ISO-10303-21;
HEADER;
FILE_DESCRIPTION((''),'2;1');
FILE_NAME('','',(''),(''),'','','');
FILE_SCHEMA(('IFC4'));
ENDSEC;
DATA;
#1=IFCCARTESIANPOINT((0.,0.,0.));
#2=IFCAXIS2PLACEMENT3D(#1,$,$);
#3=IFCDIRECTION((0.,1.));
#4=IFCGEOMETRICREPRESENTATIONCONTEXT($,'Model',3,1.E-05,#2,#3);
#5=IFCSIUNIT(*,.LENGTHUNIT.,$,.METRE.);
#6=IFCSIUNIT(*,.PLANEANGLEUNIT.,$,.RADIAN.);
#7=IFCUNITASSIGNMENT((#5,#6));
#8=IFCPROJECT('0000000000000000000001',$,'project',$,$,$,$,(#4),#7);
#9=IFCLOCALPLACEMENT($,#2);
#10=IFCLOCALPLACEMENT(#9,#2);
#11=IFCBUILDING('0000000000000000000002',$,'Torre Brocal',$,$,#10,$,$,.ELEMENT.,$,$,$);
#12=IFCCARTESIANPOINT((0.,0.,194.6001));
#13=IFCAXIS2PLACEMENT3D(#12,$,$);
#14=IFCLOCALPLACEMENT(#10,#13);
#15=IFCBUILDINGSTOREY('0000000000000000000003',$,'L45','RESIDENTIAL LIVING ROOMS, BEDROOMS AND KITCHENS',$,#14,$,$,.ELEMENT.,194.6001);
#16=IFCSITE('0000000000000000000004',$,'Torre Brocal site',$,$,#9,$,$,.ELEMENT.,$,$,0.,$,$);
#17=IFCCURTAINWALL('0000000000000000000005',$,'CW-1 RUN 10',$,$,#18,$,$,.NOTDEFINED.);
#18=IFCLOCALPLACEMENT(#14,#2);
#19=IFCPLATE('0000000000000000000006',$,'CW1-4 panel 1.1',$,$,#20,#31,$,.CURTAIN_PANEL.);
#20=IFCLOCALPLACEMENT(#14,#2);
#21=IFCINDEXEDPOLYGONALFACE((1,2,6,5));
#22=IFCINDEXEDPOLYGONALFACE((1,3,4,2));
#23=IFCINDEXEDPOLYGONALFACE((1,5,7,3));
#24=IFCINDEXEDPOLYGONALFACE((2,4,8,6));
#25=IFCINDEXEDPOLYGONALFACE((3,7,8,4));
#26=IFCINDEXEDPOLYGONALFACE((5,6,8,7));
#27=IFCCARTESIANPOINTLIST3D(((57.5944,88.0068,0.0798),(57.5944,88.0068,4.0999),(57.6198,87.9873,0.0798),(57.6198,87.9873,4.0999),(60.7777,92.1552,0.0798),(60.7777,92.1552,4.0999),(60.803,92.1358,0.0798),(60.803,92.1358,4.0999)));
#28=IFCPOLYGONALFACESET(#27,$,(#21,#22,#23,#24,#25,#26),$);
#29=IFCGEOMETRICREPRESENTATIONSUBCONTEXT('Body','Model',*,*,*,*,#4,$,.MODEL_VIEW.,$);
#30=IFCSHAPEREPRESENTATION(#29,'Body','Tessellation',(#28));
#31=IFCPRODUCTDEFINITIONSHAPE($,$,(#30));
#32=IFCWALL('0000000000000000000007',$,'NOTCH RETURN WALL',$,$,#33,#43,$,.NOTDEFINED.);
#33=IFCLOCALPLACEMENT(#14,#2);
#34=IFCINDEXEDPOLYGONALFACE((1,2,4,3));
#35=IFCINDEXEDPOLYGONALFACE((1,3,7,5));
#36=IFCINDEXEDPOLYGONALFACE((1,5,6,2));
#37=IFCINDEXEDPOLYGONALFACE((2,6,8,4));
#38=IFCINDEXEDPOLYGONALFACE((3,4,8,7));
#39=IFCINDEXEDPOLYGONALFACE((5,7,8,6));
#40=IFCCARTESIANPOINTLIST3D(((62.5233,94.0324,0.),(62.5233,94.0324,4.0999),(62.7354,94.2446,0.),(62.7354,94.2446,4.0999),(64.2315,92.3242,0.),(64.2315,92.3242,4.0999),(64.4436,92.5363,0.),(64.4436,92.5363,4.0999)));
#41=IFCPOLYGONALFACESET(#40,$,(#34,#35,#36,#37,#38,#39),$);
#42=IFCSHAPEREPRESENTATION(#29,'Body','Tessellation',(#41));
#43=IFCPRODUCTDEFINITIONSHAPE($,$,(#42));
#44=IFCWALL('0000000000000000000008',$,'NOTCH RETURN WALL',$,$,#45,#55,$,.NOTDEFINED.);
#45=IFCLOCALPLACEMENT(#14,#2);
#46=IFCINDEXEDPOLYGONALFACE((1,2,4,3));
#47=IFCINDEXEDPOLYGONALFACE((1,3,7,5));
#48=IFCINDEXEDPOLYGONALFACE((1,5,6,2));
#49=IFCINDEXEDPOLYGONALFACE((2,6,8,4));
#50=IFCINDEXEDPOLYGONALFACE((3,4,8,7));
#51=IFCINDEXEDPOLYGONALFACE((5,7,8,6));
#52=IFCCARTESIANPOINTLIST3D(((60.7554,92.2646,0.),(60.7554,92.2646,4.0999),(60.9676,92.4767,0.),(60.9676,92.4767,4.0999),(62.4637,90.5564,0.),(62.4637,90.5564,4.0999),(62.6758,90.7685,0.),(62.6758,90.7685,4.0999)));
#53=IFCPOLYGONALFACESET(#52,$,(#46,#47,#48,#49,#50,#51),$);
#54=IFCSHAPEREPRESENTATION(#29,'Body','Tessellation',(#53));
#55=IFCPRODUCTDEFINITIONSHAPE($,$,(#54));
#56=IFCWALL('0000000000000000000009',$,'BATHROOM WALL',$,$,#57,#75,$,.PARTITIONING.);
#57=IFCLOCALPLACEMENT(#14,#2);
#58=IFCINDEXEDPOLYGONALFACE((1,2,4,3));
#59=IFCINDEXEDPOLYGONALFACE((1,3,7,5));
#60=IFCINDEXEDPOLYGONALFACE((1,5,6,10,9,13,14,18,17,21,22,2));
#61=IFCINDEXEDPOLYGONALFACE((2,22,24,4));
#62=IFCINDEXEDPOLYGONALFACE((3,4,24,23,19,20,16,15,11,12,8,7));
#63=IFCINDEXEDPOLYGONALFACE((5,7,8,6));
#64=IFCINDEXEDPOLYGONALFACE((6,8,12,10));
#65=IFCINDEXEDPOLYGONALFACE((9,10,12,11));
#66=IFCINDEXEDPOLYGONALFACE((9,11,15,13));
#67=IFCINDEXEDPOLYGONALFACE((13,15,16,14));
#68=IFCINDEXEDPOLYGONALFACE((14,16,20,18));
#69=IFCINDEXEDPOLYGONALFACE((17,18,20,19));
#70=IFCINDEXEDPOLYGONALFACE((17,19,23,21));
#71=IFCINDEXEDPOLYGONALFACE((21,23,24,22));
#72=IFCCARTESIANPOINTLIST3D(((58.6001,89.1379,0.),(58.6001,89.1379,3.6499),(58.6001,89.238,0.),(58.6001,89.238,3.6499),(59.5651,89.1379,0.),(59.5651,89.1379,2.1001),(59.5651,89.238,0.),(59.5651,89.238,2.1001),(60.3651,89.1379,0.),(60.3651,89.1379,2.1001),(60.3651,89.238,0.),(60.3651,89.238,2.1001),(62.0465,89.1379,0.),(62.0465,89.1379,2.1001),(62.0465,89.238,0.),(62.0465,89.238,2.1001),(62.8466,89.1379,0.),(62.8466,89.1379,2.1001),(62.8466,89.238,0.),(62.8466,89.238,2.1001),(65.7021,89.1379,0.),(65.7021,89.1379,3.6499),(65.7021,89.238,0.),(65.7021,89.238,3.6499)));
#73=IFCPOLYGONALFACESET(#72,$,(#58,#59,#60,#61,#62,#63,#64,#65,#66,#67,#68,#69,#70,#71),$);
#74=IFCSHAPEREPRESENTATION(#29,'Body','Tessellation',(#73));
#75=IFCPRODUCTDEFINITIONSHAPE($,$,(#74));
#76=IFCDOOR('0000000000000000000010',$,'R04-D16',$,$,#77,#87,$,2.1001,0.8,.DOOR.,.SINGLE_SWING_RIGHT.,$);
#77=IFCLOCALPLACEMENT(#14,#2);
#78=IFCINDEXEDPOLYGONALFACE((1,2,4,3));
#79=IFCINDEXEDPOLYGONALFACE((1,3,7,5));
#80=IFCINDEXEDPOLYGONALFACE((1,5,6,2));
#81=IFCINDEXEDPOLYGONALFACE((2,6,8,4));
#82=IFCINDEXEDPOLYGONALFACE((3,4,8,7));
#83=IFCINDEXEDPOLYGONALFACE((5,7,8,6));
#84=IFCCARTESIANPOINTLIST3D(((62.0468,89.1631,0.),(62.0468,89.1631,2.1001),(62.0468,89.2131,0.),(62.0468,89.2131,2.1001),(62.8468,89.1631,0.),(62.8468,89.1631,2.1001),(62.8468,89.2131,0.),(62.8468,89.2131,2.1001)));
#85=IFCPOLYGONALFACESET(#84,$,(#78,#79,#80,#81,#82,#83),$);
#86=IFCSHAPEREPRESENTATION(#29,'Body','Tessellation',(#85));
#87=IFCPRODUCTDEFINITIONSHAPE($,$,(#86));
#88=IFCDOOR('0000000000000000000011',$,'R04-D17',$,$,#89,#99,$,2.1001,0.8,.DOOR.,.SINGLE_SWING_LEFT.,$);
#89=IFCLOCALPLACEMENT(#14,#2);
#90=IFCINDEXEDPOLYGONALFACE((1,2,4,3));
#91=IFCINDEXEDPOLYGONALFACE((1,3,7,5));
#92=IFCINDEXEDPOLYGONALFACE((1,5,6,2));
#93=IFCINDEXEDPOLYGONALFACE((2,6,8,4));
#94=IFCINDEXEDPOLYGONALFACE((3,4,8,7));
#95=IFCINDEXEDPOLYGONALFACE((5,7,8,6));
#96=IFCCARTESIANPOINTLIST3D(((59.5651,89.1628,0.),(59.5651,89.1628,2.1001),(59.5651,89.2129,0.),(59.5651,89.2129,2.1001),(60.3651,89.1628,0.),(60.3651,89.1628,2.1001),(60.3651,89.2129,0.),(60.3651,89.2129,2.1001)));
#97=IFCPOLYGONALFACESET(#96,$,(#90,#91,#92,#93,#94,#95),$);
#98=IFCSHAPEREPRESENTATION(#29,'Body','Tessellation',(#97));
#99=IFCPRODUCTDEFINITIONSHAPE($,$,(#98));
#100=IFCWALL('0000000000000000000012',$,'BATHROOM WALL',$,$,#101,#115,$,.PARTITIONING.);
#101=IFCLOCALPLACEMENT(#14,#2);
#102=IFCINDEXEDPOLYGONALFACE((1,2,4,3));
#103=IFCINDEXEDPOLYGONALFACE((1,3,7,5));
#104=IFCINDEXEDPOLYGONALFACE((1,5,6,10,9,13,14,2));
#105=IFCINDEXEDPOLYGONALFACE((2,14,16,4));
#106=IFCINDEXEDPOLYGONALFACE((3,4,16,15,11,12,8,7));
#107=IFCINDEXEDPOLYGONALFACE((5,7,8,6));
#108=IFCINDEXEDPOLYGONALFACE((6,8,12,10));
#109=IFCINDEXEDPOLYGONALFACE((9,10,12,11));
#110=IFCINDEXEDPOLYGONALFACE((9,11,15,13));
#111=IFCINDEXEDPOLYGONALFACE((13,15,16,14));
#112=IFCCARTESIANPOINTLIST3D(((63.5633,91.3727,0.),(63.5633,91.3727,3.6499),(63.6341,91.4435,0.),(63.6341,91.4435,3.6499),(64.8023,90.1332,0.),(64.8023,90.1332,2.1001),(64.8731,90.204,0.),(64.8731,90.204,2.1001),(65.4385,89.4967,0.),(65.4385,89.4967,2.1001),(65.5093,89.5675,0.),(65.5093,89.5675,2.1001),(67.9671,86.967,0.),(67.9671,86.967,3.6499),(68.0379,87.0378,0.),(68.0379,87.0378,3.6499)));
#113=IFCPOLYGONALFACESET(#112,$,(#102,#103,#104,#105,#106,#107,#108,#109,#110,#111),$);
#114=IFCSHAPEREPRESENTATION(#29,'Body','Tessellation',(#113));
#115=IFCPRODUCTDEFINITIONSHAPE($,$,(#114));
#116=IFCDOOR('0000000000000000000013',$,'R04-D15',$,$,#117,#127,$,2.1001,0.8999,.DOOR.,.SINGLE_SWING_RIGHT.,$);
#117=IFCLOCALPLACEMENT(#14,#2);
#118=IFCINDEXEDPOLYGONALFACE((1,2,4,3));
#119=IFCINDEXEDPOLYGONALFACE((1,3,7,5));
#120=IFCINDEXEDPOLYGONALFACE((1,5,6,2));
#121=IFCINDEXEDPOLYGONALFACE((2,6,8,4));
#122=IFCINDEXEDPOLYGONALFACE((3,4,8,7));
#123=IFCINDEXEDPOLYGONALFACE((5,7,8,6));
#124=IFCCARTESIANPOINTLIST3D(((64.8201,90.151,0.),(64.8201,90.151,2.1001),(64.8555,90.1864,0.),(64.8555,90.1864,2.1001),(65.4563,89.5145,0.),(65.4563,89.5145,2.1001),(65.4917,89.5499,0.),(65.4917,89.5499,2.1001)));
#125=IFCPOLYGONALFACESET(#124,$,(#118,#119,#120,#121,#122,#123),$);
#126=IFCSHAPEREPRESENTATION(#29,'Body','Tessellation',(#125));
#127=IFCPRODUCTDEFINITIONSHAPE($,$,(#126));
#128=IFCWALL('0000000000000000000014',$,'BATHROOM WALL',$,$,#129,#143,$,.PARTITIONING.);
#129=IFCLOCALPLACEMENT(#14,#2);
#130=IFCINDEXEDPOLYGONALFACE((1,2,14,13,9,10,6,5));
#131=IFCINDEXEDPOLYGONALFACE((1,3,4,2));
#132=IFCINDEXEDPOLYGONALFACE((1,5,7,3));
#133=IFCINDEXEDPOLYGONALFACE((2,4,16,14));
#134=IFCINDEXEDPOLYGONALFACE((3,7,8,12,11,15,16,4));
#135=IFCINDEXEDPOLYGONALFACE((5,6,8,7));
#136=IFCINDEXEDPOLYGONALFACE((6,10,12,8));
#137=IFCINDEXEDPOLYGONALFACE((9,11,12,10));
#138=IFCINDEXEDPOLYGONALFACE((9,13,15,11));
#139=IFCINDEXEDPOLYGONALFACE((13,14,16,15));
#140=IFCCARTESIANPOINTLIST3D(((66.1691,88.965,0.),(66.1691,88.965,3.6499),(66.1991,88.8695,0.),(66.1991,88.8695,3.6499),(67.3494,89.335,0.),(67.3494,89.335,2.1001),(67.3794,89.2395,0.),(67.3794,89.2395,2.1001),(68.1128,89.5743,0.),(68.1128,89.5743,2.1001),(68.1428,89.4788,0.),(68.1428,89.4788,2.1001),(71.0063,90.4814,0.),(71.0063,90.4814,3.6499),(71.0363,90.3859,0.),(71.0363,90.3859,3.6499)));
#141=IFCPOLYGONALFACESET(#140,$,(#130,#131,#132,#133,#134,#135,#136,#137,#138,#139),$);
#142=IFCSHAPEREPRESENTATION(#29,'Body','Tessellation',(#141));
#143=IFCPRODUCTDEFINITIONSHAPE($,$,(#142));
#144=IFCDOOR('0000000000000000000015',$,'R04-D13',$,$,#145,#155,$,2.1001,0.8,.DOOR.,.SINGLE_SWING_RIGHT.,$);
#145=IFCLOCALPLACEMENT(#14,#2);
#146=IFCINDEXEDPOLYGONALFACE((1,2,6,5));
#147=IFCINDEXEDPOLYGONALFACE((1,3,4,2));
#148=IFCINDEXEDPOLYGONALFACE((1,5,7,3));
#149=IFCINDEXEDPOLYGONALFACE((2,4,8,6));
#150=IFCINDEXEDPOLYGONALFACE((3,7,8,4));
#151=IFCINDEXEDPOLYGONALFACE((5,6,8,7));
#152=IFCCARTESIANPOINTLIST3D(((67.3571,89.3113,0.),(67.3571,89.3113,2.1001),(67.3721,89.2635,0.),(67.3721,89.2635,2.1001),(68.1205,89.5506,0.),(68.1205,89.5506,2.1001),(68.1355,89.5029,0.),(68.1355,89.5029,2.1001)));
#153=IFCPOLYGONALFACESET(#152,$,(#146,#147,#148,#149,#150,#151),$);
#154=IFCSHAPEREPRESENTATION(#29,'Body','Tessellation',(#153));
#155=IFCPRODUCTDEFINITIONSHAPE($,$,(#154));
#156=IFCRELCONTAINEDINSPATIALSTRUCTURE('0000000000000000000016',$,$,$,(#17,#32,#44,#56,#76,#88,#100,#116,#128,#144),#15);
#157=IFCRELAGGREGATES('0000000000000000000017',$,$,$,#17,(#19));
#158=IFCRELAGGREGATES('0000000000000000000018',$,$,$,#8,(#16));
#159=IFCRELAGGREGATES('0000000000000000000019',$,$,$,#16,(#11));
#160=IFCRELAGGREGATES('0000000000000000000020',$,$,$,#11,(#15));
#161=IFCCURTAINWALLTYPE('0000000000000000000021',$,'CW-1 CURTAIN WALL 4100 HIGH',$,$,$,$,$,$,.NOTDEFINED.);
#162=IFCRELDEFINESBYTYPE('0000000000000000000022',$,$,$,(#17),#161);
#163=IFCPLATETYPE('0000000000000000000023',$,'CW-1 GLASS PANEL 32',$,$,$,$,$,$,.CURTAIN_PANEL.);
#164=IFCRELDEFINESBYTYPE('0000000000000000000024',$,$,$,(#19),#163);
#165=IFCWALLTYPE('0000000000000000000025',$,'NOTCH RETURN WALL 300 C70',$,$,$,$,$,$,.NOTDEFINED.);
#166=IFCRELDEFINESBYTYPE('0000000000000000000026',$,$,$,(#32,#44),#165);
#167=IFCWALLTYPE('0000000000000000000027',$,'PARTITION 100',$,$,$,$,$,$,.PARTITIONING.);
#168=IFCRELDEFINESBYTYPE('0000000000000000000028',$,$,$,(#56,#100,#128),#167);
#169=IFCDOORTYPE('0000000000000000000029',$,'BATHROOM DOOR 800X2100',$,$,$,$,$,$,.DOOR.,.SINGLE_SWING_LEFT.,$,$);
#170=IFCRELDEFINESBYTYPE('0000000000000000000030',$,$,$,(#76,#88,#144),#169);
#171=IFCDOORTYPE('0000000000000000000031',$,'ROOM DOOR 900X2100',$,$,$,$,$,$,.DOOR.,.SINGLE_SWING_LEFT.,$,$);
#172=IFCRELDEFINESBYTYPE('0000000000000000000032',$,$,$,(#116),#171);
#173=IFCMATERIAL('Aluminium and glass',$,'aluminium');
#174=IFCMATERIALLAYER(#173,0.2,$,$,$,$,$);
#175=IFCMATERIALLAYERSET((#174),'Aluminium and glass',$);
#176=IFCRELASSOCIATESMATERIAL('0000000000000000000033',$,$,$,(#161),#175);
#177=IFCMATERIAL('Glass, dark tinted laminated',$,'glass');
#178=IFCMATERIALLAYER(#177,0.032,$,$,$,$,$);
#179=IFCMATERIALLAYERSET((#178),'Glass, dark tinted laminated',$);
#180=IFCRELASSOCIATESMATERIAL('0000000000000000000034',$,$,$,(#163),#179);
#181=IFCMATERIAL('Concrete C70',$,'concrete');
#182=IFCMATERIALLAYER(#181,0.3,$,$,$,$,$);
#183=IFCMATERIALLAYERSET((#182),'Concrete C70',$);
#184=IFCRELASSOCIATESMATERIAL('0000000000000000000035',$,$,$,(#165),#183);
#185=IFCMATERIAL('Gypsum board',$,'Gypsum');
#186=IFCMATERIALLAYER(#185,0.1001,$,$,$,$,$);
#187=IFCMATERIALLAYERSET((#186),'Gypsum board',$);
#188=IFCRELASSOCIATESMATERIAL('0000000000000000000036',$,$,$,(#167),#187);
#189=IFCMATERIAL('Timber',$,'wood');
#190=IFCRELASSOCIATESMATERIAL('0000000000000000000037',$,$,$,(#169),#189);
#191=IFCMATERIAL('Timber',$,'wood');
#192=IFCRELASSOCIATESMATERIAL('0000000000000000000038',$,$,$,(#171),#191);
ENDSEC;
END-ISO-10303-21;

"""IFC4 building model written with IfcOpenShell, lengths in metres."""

from ifc_helpers import new_model, si_unit, direction, frame, frame_2d, origin, origin_2d, place, context, subcontext, project, spatial, rectangle, extrude, material, layer, layer_set, type_object, element, fill, aggregate, save


model = new_model("IFC4")

# Units and contexts
model_context = context("Model", 3, precision=1e-05, world=origin(), true_north=direction((0.0, 1.0)))
body_context = subcontext(model_context, "Body", "Model", "MODEL_VIEW")
ifc_project = project(units=[si_unit("LENGTHUNIT", "METRE"), si_unit("PLANEANGLEUNIT", "RADIAN")], contexts=[model_context])

# Site, building, storey
site_placement = place(None, origin())
site = spatial("IfcSite", under=ifc_project, at=site_placement, Name="Torre Brocal site", CompositionType="ELEMENT", RefElevation=0.0)
building_placement = place(site_placement, origin())
building = spatial("IfcBuilding", under=site, at=building_placement, Name="Torre Brocal", CompositionType="ELEMENT")
storey_placement = place(building_placement, frame((0.0, 0.0, 194.6001)))
storey = spatial("IfcBuildingStorey", under=building, at=storey_placement, Name="L45", Description="RESIDENTIAL LIVING ROOMS, BEDROOMS AND KITCHENS", CompositionType="ELEMENT", Elevation=194.6001)

# Shared definitions
ifc_material_1 = material(Name="Aluminium and glass", Category="aluminium")
ifc_layer_1 = layer(ifc_material_1, 0.2)
ifc_layer_set_1 = layer_set([ifc_layer_1], Name="Aluminium and glass")
curtain_wall_type = type_object("IfcCurtainWallType", Name="CW-1 CURTAIN WALL 4100 HIGH", PredefinedType="NOTDEFINED", material=ifc_layer_set_1)

# Curtain wall
curtain_wall_1_placement = place(storey_placement, origin())
curtain_wall_1 = element("IfcCurtainWall", 1, at=curtain_wall_1_placement, inside=storey, type_object=curtain_wall_type, Name="CW-1 RUN 10", PredefinedType="NOTDEFINED")

# Plate
ifc_material_2 = material(Name="Glass, dark tinted laminated", Category="glass")
ifc_layer_2 = layer(ifc_material_2, 0.032)
ifc_layer_set_2 = layer_set([ifc_layer_2], Name="Glass, dark tinted laminated")
plate_type = type_object("IfcPlateType", Name="CW-1 GLASS PANEL 32", PredefinedType="CURTAIN_PANEL", material=ifc_layer_set_2)
plate_1_placement = place(storey_placement, frame((59.1987, 90.0713, 0.0798), z_axis=(0.0, 0.0, 1.0), x_axis=(-0.608761, -0.793353, 0.0)))
plate_1 = element("IfcPlate", 2, at=plate_1_placement, type_object=plate_type, Name="CW1-4 panel 1.1", PredefinedType="CURTAIN_PANEL", context=body_context, shape_type="SweptSolid", body=[
    extrude(rectangle(XDim=5.229, YDim=0.032, at=origin_2d()), origin(), (0.0, 0.0, 1.0), 4.02),
])
aggregate(curtain_wall_1, [plate_1])

# Walls
ifc_material_3 = material(Name="Concrete C70", Category="concrete")
ifc_layer_3 = layer(ifc_material_3, 0.3)
ifc_layer_set_3 = layer_set([ifc_layer_3], Name="Concrete C70")
wall_type_1 = type_object("IfcWallType", Name="NOTCH RETURN WALL 300 C70", PredefinedType="NOTDEFINED", material=ifc_layer_set_3)
for number, where, z_axis, x_axis, name in (
    (3, (64.3376, 92.4302, 0.0), (0.0, 0.0, 1.0), (-0.707107, 0.707107, 0.0), "NOTCH RETURN WALL"),
    (4, (62.5698, 90.6624, 0.0), (0.0, 0.0, 1.0), (-0.707107, 0.707107, 0.0), "NOTCH RETURN WALL"),
):
    element("IfcWall", number, at=place(storey_placement, frame(where, z_axis=z_axis, x_axis=x_axis)), inside=storey, type_object=wall_type_1, Name=name, PredefinedType="NOTDEFINED", context=body_context, shape_type="SweptSolid", body=[
        extrude(rectangle(XDim=2.4158, YDim=0.3, at=frame_2d((1.208, 0.0))), origin(), (0.0, 0.0, 1.0), 4.0999),
    ])

# Wall, openings, doors
ifc_material_4 = material(Name="Gypsum board", Category="Gypsum")
ifc_layer_4 = layer(ifc_material_4, 0.1001)
ifc_layer_set_4 = layer_set([ifc_layer_4], Name="Gypsum board")
wall_type_2 = type_object("IfcWallType", Name="PARTITION 100", PredefinedType="PARTITIONING", material=ifc_layer_set_4)
wall_1_placement = place(storey_placement, frame((58.6001, 89.188, 0.0), z_axis=(0.0, 0.0, 1.0), x_axis=(1.0, 0.0, 0.0)))
wall_1 = element("IfcWall", 5, at=wall_1_placement, inside=storey, type_object=wall_type_2, Name="BATHROOM WALL", PredefinedType="PARTITIONING", context=body_context, shape_type="SweptSolid", body=[
    extrude(rectangle(XDim=7.1021, YDim=0.1001, at=frame_2d((3.551, 0.0))), origin(), (0.0, 0.0, 1.0), 3.6499),
])
opening_1_placement = place(wall_1_placement, frame((3.4465, 0.0, 0.0)))
opening_1 = element("IfcOpeningElement", 6, at=opening_1_placement, cuts=wall_1, PredefinedType="OPENING", context=body_context, shape_type="SweptSolid", body=[
    extrude(rectangle(XDim=0.8, YDim=2.1001, at=frame_2d((0.3999, 1.05))), frame((0.0, 0.0601, 0.0), z_axis=(0.0, -1.0, 0.0), x_axis=(1.0, 0.0, 0.0)), (0.0, 0.0, 1.0), 0.1201),
])
opening_2_placement = place(wall_1_placement, frame((0.9651, 0.0, 0.0)))
opening_2 = element("IfcOpeningElement", 7, at=opening_2_placement, cuts=wall_1, PredefinedType="OPENING", context=body_context, shape_type="SweptSolid", body=[
    extrude(rectangle(XDim=0.8, YDim=2.1001, at=frame_2d((0.3999, 1.05))), frame((0.0, 0.0601, 0.0), z_axis=(0.0, -1.0, 0.0), x_axis=(1.0, 0.0, 0.0)), (0.0, 0.0, 1.0), 0.1201),
])
ifc_material_5 = material(Name="Timber", Category="wood")
door_type_1 = type_object("IfcDoorType", Name="BATHROOM DOOR 800X2100", OperationType="SINGLE_SWING_LEFT", PredefinedType="DOOR", material=ifc_material_5)
door_1_placement = place(opening_1_placement, frame((0.8, 0.0, 0.0), z_axis=(0.0, 0.0, 1.0), x_axis=(-1.0, 0.0, 0.0)))
door_1 = element("IfcDoor", 8, at=door_1_placement, inside=storey, type_object=door_type_1, Name="R04-D16", OperationType="SINGLE_SWING_RIGHT", OverallHeight=2.1001, OverallWidth=0.8, PredefinedType="DOOR", context=body_context, shape_type="SweptSolid", body=[
    extrude(rectangle(XDim=0.8, YDim=2.1001, at=frame_2d((0.3999, 1.05))), frame((0.0, 0.0249, 0.0), z_axis=(0.0, -1.0, 0.0), x_axis=(1.0, 0.0, 0.0)), (0.0, 0.0, 1.0), 0.05),
])
fill(opening_1, door_1)
door_2_placement = place(opening_2_placement, origin())
door_2 = element("IfcDoor", 9, at=door_2_placement, inside=storey, type_object=door_type_1, Name="R04-D17", OperationType="SINGLE_SWING_LEFT", OverallHeight=2.1001, OverallWidth=0.8, PredefinedType="DOOR", context=body_context, shape_type="SweptSolid", body=[
    extrude(rectangle(XDim=0.8, YDim=2.1001, at=frame_2d((0.3999, 1.05))), frame((0.0, 0.0249, 0.0), z_axis=(0.0, -1.0, 0.0), x_axis=(1.0, 0.0, 0.0)), (0.0, 0.0, 1.0), 0.05),
])
fill(opening_2, door_2)

# Walls, openings, doors
wall_2_placement = place(storey_placement, frame((63.5986, 91.4082, 0.0), z_axis=(0.0, 0.0, 1.0), x_axis=(0.70695, -0.707264, 0.0)))
wall_2 = element("IfcWall", 10, at=wall_2_placement, inside=storey, type_object=wall_type_2, Name="BATHROOM WALL", PredefinedType="PARTITIONING", context=body_context, shape_type="SweptSolid", body=[
    extrude(rectangle(XDim=6.2292, YDim=0.1001, at=frame_2d((3.1147, 0.0))), origin(), (0.0, 0.0, 1.0), 3.6499),
])
opening_3_placement = place(wall_2_placement, frame((1.7527, 0.0, 0.0)))
opening_3 = element("IfcOpeningElement", 11, at=opening_3_placement, cuts=wall_2, PredefinedType="OPENING", context=body_context, shape_type="SweptSolid", body=[
    extrude(rectangle(XDim=0.8999, YDim=2.1001, at=frame_2d((0.45, 1.05))), frame((0.0, 0.0601, 0.0), z_axis=(0.0, -1.0, 0.0), x_axis=(1.0, 0.0, 0.0)), (0.0, 0.0, 1.0), 0.1201),
])
ifc_material_6 = material(Name="Timber", Category="wood")
door_type_2 = type_object("IfcDoorType", Name="ROOM DOOR 900X2100", OperationType="SINGLE_SWING_LEFT", PredefinedType="DOOR", material=ifc_material_6)
door_3_placement = place(opening_3_placement, frame((0.8999, 0.0, 0.0), z_axis=(0.0, 0.0, 1.0), x_axis=(-1.0, 0.0, 0.0)))
door_3 = element("IfcDoor", 12, at=door_3_placement, inside=storey, type_object=door_type_2, Name="R04-D15", OperationType="SINGLE_SWING_RIGHT", OverallHeight=2.1001, OverallWidth=0.8999, PredefinedType="DOOR", context=body_context, shape_type="SweptSolid", body=[
    extrude(rectangle(XDim=0.8999, YDim=2.1001, at=frame_2d((0.45, 1.05))), frame((0.0, 0.0249, 0.0), z_axis=(0.0, -1.0, 0.0), x_axis=(1.0, 0.0, 0.0)), (0.0, 0.0, 1.0), 0.05),
])
fill(opening_3, door_3)
wall_3_placement = place(storey_placement, frame((66.1841, 88.9172, 0.0), z_axis=(0.0, 0.0, 1.0), x_axis=(0.954213, 0.299128, 0.0)))
wall_3 = element("IfcWall", 13, at=wall_3_placement, inside=storey, type_object=wall_type_2, Name="BATHROOM WALL", PredefinedType="PARTITIONING", context=body_context, shape_type="SweptSolid", body=[
    extrude(rectangle(XDim=5.0693, YDim=0.1001, at=frame_2d((2.5347, 0.0))), origin(), (0.0, 0.0, 1.0), 3.6499),
])
opening_4_placement = place(wall_3_placement, frame((1.2371, 0.0, 0.0)))
opening_4 = element("IfcOpeningElement", 14, at=opening_4_placement, cuts=wall_3, PredefinedType="OPENING", context=body_context, shape_type="SweptSolid", body=[
    extrude(rectangle(XDim=0.8, YDim=2.1001, at=frame_2d((0.3999, 1.05))), frame((0.0, 0.0601, 0.0), z_axis=(0.0, -1.0, 0.0), x_axis=(1.0, 0.0, 0.0)), (0.0, 0.0, 1.0), 0.1201),
])
door_4_placement = place(opening_4_placement, frame((0.8, 0.0, 0.0), z_axis=(0.0, 0.0, 1.0), x_axis=(-1.0, 0.0, 0.0)))
door_4 = element("IfcDoor", 15, at=door_4_placement, inside=storey, type_object=door_type_1, Name="R04-D13", OperationType="SINGLE_SWING_RIGHT", OverallHeight=2.1001, OverallWidth=0.8, PredefinedType="DOOR", context=body_context, shape_type="SweptSolid", body=[
    extrude(rectangle(XDim=0.8, YDim=2.1001, at=frame_2d((0.3999, 1.05))), frame((0.0, 0.0249, 0.0), z_axis=(0.0, -1.0, 0.0), x_axis=(1.0, 0.0, 0.0)), (0.0, 0.0, 1.0), 0.05),
])
fill(opening_4, door_4)

save(model, "model.ifc")
